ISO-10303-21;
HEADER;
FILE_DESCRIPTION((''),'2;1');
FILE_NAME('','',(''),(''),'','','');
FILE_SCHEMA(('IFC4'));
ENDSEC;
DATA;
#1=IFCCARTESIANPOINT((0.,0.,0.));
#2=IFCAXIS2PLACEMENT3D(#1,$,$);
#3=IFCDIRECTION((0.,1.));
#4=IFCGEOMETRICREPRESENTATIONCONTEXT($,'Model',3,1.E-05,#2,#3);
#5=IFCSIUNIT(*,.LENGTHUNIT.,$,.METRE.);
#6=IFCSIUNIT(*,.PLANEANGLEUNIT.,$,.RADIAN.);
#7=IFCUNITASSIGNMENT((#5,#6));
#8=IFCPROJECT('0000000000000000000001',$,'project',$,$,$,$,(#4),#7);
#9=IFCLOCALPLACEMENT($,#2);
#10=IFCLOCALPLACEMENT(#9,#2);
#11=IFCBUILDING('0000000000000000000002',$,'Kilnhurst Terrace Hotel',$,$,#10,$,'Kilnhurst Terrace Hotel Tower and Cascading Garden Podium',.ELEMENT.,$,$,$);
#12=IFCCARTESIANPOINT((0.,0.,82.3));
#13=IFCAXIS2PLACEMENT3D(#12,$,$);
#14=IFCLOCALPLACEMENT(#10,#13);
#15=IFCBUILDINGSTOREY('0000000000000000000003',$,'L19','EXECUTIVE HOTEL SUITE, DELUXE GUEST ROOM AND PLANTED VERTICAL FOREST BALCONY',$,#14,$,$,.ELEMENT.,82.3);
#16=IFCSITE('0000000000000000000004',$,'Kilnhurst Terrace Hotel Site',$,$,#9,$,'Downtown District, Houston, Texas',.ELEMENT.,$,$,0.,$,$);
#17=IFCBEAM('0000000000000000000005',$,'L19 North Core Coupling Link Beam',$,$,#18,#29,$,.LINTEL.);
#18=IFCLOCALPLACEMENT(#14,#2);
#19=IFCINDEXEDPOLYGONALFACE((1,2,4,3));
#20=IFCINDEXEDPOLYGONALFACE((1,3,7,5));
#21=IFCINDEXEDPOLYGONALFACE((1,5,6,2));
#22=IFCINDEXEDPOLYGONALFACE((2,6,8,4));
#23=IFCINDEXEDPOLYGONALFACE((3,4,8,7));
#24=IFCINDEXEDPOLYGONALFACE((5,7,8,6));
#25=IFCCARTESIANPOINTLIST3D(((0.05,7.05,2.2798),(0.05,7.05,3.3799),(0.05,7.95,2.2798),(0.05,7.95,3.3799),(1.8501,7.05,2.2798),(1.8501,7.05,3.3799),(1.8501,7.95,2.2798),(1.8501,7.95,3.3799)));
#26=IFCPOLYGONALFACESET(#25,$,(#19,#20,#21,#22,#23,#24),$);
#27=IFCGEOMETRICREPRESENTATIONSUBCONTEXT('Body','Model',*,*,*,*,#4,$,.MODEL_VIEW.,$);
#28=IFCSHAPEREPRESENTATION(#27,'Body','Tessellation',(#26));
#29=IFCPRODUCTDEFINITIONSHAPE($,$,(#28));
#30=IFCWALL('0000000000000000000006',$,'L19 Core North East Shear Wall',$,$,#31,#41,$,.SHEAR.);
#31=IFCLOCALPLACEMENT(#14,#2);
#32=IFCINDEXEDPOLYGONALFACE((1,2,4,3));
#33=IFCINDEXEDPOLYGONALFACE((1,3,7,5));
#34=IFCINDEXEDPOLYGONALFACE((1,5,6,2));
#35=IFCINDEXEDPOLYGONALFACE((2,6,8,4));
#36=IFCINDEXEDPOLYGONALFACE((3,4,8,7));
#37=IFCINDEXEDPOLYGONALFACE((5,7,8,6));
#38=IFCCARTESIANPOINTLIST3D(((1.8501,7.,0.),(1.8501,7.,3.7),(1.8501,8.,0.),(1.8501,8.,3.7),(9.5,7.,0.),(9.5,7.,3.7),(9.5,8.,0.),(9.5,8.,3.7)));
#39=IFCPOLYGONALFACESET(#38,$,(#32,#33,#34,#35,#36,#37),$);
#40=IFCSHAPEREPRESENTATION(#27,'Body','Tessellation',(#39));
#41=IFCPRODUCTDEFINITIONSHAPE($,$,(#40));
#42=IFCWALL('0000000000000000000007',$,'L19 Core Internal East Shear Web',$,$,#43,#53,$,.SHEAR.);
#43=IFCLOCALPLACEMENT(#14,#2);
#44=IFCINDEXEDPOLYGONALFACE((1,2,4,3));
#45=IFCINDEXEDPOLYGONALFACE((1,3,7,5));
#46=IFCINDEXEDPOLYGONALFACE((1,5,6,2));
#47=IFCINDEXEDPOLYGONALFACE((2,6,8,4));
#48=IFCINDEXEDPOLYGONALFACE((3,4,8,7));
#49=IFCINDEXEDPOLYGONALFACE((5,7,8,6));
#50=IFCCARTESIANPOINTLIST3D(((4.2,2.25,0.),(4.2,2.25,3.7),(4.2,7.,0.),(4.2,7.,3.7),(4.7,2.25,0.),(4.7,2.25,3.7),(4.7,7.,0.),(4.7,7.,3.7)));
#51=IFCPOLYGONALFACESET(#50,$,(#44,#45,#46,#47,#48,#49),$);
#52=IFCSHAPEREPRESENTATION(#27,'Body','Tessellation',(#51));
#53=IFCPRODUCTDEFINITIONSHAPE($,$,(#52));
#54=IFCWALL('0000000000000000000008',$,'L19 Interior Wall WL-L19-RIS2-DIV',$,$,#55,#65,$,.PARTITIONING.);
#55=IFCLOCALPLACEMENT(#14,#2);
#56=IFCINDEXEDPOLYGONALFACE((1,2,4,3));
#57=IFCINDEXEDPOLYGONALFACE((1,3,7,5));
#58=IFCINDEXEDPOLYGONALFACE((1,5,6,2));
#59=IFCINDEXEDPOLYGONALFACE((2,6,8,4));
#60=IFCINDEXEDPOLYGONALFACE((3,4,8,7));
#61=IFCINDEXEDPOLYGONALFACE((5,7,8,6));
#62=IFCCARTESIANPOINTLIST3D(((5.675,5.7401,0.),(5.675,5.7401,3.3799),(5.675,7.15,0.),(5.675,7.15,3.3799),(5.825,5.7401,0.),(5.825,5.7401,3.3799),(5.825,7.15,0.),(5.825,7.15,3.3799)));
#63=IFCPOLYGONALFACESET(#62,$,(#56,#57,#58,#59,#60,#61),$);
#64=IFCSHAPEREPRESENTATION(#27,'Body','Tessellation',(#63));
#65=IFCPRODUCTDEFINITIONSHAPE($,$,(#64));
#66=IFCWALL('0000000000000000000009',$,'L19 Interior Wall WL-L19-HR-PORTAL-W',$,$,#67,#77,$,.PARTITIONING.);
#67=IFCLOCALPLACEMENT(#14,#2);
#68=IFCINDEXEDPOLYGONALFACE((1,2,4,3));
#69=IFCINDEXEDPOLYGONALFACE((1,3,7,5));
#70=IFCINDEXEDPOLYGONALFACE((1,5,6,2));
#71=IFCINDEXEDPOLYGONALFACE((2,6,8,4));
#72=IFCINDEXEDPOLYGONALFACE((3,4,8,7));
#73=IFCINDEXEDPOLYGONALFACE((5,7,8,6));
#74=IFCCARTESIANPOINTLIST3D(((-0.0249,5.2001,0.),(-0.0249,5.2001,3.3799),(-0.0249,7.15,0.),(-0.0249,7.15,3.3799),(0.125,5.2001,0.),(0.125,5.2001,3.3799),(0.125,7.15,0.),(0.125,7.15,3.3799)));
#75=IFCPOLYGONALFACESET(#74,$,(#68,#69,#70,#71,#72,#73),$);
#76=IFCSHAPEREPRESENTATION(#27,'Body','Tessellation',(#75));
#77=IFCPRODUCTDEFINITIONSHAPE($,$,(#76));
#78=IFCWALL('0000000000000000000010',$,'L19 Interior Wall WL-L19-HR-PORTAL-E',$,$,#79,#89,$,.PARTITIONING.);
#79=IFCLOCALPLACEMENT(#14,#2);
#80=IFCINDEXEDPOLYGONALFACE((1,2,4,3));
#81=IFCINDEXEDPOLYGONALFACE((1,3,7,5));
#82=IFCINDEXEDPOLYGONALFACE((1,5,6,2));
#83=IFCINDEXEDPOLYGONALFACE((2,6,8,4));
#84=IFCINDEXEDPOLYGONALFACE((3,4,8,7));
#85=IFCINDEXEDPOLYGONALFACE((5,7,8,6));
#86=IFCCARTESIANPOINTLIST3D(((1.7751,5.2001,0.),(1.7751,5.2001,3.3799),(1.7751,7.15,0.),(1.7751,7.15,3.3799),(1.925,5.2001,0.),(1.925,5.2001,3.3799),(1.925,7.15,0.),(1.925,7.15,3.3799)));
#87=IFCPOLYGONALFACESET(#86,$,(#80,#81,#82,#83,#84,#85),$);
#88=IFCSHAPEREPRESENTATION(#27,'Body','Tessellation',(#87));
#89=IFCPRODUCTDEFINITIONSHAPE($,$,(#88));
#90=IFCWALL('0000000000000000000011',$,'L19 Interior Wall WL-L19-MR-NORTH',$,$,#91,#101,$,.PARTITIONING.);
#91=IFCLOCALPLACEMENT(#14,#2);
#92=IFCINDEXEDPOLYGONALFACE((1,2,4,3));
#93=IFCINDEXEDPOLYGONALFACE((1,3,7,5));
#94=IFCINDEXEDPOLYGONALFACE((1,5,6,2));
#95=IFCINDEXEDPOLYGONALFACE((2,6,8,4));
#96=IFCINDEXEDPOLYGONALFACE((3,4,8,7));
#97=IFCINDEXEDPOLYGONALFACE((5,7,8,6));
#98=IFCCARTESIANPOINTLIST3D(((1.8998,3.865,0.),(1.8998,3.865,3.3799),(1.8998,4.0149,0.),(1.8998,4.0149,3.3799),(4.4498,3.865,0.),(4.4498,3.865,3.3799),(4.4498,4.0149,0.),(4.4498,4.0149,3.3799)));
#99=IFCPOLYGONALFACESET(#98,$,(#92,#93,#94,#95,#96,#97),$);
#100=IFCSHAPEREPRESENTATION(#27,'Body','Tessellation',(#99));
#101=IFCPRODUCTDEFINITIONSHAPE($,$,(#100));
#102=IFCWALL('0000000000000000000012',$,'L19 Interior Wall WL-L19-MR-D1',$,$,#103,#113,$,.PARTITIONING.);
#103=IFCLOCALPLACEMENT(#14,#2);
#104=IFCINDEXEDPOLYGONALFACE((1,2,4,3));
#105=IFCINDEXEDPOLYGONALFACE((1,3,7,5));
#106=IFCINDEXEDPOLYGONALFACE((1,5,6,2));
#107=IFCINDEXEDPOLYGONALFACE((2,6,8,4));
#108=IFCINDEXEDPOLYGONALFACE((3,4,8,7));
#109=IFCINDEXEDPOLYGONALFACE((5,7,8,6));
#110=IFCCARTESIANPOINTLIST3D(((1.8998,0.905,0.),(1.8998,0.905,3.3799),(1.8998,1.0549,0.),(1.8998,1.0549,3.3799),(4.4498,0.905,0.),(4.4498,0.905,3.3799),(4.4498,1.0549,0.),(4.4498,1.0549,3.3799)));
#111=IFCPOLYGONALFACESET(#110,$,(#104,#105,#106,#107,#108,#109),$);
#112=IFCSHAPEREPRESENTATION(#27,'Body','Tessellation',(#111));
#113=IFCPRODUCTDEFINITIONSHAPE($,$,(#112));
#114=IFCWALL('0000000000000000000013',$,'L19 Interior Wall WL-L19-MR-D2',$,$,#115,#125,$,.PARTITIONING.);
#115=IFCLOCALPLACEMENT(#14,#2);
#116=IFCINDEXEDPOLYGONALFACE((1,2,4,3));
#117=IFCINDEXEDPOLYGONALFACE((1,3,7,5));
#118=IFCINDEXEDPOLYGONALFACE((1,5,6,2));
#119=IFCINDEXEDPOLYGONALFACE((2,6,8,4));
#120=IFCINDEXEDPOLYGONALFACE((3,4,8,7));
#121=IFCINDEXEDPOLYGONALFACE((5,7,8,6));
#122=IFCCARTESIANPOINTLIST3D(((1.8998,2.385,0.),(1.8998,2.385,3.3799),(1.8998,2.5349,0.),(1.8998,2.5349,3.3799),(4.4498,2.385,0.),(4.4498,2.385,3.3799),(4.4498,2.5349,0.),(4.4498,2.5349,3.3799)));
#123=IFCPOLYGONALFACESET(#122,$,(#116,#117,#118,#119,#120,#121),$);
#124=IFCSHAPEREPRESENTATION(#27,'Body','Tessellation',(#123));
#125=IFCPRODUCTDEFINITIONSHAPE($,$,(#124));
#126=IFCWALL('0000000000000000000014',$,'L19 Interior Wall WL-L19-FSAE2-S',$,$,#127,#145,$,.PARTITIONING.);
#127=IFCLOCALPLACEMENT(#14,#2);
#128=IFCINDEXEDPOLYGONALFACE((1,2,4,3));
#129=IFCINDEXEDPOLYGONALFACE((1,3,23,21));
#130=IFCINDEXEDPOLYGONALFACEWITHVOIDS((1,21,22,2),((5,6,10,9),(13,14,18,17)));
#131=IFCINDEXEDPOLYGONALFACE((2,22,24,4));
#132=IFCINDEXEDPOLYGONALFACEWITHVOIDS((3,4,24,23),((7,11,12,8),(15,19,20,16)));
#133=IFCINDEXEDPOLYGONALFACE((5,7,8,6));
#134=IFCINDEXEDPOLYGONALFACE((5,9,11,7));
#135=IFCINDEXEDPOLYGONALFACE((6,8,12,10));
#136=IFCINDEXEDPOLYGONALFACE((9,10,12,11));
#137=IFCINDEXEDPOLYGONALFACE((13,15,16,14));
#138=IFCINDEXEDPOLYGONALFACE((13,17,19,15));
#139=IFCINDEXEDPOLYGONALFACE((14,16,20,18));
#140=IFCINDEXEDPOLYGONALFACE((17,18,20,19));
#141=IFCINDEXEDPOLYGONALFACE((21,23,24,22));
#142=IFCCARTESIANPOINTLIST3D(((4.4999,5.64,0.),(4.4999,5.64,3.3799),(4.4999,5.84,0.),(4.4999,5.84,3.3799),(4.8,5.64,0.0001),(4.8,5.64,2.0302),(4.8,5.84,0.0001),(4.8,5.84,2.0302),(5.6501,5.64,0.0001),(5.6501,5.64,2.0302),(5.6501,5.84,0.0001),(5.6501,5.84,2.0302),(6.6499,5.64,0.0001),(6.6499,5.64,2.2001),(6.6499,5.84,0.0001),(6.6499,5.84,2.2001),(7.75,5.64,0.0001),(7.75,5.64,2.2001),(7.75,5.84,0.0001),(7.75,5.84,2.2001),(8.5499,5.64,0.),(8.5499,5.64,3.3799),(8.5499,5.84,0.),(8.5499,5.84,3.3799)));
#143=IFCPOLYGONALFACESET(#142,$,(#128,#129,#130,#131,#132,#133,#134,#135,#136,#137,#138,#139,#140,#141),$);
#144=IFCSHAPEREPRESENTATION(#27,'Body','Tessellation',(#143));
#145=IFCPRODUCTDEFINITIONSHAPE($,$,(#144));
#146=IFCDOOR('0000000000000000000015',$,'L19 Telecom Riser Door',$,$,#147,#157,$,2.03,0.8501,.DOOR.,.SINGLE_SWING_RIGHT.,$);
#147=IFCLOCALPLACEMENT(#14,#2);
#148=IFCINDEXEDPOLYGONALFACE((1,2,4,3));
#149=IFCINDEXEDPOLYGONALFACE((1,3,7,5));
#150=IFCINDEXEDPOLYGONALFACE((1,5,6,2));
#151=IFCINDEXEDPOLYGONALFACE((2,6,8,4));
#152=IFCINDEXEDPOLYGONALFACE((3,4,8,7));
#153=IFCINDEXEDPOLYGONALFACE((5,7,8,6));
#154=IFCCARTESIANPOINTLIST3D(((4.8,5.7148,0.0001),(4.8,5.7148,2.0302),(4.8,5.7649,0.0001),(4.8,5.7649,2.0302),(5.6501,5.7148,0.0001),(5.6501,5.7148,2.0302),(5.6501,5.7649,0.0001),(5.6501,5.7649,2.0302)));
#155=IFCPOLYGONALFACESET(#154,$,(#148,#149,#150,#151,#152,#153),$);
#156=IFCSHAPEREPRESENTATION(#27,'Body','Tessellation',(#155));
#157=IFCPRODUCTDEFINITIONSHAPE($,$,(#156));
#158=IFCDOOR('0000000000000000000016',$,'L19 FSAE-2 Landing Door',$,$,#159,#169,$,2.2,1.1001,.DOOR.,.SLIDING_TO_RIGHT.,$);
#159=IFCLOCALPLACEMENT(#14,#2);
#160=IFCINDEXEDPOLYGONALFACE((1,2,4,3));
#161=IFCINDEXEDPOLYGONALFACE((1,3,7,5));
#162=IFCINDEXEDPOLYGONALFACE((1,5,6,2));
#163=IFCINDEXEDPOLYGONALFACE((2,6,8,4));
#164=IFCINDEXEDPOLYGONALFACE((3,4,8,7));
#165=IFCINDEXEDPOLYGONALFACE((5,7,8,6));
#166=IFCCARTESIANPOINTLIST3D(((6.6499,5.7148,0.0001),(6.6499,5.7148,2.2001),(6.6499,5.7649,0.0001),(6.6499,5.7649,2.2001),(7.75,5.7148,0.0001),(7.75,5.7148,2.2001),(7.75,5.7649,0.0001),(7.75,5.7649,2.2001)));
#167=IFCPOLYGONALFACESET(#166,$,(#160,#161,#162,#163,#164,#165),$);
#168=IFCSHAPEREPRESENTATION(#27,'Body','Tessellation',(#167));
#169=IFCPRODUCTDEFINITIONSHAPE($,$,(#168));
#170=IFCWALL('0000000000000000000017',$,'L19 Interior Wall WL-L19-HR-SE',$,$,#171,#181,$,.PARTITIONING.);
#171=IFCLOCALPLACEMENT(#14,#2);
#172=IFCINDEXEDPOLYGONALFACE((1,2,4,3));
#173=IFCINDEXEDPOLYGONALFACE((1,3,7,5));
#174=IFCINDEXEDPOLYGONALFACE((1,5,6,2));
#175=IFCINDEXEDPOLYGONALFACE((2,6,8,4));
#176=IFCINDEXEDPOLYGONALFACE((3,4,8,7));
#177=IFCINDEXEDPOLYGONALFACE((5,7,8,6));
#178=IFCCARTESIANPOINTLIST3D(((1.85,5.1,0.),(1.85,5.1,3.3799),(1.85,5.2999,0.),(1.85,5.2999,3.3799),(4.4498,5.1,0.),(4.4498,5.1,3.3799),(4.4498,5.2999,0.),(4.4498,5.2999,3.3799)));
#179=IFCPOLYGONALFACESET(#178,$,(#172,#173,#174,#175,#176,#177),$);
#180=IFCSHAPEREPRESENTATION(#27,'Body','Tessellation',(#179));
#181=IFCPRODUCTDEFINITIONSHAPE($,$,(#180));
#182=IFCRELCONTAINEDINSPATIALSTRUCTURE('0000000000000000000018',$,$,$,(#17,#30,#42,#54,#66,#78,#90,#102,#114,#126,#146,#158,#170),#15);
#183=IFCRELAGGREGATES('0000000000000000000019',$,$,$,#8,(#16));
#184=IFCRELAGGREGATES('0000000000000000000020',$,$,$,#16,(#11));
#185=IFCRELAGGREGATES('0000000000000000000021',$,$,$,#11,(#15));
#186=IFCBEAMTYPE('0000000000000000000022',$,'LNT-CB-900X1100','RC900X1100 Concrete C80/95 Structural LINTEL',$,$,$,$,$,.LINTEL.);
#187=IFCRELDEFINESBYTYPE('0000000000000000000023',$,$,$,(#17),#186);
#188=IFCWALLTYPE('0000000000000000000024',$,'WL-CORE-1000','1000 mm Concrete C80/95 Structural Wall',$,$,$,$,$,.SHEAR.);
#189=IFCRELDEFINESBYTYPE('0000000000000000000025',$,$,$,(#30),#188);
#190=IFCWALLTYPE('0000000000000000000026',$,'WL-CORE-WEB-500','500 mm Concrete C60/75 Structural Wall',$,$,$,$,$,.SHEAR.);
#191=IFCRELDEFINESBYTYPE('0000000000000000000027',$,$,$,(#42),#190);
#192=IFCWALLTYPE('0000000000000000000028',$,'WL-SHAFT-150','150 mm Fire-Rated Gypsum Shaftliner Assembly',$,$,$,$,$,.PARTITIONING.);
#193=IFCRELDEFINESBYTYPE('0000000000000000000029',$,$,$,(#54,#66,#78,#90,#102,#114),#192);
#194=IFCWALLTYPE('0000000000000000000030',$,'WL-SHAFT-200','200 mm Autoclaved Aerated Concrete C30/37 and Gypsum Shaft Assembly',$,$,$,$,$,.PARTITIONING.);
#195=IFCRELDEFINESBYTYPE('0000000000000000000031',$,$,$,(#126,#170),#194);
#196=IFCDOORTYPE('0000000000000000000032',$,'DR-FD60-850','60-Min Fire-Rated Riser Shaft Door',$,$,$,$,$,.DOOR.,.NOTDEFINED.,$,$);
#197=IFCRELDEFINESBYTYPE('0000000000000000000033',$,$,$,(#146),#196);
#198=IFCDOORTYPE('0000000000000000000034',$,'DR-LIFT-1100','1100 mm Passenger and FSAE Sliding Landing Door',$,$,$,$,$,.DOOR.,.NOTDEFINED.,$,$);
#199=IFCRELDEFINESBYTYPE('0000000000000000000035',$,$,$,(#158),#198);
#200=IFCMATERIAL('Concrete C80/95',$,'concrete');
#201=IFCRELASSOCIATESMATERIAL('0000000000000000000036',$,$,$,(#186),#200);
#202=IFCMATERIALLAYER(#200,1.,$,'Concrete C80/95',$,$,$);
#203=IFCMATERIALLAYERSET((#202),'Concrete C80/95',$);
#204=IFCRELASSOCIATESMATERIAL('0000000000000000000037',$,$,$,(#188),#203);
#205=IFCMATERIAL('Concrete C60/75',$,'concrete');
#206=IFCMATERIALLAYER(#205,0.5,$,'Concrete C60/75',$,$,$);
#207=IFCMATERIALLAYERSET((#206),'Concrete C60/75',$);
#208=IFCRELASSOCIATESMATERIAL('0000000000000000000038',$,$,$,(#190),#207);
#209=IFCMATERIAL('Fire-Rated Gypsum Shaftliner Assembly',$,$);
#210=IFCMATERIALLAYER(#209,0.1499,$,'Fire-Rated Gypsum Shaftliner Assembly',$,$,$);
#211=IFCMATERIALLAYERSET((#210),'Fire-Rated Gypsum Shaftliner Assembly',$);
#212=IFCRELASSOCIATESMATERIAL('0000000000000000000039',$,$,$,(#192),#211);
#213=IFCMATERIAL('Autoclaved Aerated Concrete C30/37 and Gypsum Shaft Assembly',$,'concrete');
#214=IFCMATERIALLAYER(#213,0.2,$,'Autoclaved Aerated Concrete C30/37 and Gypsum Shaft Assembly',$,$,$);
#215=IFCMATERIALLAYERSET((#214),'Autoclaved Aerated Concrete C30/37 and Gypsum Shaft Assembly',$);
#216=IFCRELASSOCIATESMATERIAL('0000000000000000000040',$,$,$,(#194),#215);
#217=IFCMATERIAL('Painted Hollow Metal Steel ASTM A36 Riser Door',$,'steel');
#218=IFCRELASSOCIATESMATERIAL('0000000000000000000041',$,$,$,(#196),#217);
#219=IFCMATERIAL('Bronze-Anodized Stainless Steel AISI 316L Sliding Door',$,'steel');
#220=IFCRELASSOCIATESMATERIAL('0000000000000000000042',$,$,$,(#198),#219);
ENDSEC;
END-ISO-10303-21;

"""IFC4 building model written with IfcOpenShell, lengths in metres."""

from ifc_helpers import new_model, si_unit, direction, frame, frame_2d, origin, origin_2d, place, context, subcontext, project, spatial, rectangle, extrude, material, layer, layer_set, material_profile, profile_set, type_object, element, fill, save


model = new_model("IFC4")

# Units and contexts
model_context = context("Model", 3, precision=1e-05, world=origin(), true_north=direction((0.0, 1.0)))
body_context = subcontext(model_context, "Body", "Model", "MODEL_VIEW")
ifc_project = project(units=[si_unit("LENGTHUNIT", "METRE"), si_unit("PLANEANGLEUNIT", "RADIAN")], contexts=[model_context])

# Site, building, storey
site_placement = place(None, origin())
site = spatial("IfcSite", under=ifc_project, at=site_placement, Name="Kilnhurst Terrace Hotel Site", LongName="Downtown District, Houston, Texas", CompositionType="ELEMENT", RefElevation=0.0)
building_placement = place(site_placement, origin())
building = spatial("IfcBuilding", under=site, at=building_placement, Name="Kilnhurst Terrace Hotel", LongName="Kilnhurst Terrace Hotel Tower and Cascading Garden Podium", CompositionType="ELEMENT")
storey_placement = place(building_placement, frame((0.0, 0.0, 82.3)))
storey = spatial("IfcBuildingStorey", under=building, at=storey_placement, Name="L19", Description="EXECUTIVE HOTEL SUITE, DELUXE GUEST ROOM AND PLANTED VERTICAL FOREST BALCONY", CompositionType="ELEMENT", Elevation=82.3)

# Beam
ifc_material_1 = material(Name="Concrete C80/95", Category="concrete")
ifc_material_profile = material_profile(ifc_material_1, rectangle(XDim=0.8999, YDim=1.1001, at=origin_2d()), Name="RC900X1100")
ifc_profile_set = profile_set([ifc_material_profile], Name="Concrete C80/95")
beam_type = type_object("IfcBeamType", Name="LNT-CB-900X1100", Description="RC900X1100 Concrete C80/95 Structural LINTEL", PredefinedType="LINTEL", material=ifc_profile_set)
beam_placement = place(storey_placement, frame((0.05, 7.5, 2.8298), z_axis=(1.0, 0.0, 0.0), x_axis=(0.0, 1.0, 0.0)))
element("IfcBeam", 1, at=beam_placement, inside=storey, type_object=beam_type, Name="L19 North Core Coupling Link Beam", PredefinedType="LINTEL", context=body_context, shape_type="SweptSolid", body=[
    extrude(rectangle(XDim=0.8999, YDim=1.1001, at=origin_2d()), origin(), (0.0, 0.0, 1.0), 1.8),
])

# Walls
ifc_layer_1 = layer(ifc_material_1, 1.0, Name="Concrete C80/95")
ifc_layer_set_1 = layer_set([ifc_layer_1], Name="Concrete C80/95")
wall_type_1 = type_object("IfcWallType", Name="WL-CORE-1000", Description="1000 mm Concrete C80/95 Structural Wall", PredefinedType="SHEAR", material=ifc_layer_set_1)
wall_1_placement = place(storey_placement, frame((1.8501, 7.5, 0.0), z_axis=(0.0, 0.0, 1.0), x_axis=(1.0, 0.0, 0.0)))
element("IfcWall", 2, at=wall_1_placement, inside=storey, type_object=wall_type_1, Name="L19 Core North East Shear Wall", PredefinedType="SHEAR", context=body_context, shape_type="SweptSolid", body=[
    extrude(rectangle(XDim=7.6499, YDim=1.0, at=frame_2d((3.825, 0.0))), origin(), (0.0, 0.0, 1.0), 3.7),
])
ifc_material_2 = material(Name="Concrete C60/75", Category="concrete")
ifc_layer_2 = layer(ifc_material_2, 0.5, Name="Concrete C60/75")
ifc_layer_set_2 = layer_set([ifc_layer_2], Name="Concrete C60/75")
wall_type_2 = type_object("IfcWallType", Name="WL-CORE-WEB-500", Description="500 mm Concrete C60/75 Structural Wall", PredefinedType="SHEAR", material=ifc_layer_set_2)
wall_2_placement = place(storey_placement, frame((4.45, 2.25, 0.0), z_axis=(0.0, 0.0, 1.0), x_axis=(0.0, 1.0, 0.0)))
element("IfcWall", 3, at=wall_2_placement, inside=storey, type_object=wall_type_2, Name="L19 Core Internal East Shear Web", PredefinedType="SHEAR", context=body_context, shape_type="SweptSolid", body=[
    extrude(rectangle(XDim=4.75, YDim=0.5, at=frame_2d((2.375, 0.0))), origin(), (0.0, 0.0, 1.0), 3.7),
])
ifc_material_3 = material(Name="Fire-Rated Gypsum Shaftliner Assembly")
ifc_layer_3 = layer(ifc_material_3, 0.1499, Name="Fire-Rated Gypsum Shaftliner Assembly")
ifc_layer_set_3 = layer_set([ifc_layer_3], Name="Fire-Rated Gypsum Shaftliner Assembly")
wall_type_3 = type_object("IfcWallType", Name="WL-SHAFT-150", Description="150 mm Fire-Rated Gypsum Shaftliner Assembly", PredefinedType="PARTITIONING", material=ifc_layer_set_3)
wall_3_placement = place(storey_placement, frame((5.75, 5.74, 0.0), z_axis=(0.0, 0.0, 1.0), x_axis=(0.0, 1.0, 0.0)))
element("IfcWall", 4, at=wall_3_placement, inside=storey, type_object=wall_type_3, Name="L19 Interior Wall WL-L19-RIS2-DIV", PredefinedType="PARTITIONING", context=body_context, shape_type="SweptSolid", body=[
    extrude(rectangle(XDim=1.4099, YDim=0.1499, at=frame_2d((0.7051, 0.0))), origin(), (0.0, 0.0, 1.0), 3.3799),
])
for number, where, z_axis, x_axis, name in (
    (5, (0.05, 5.2, 0.0), (0.0, 0.0, 1.0), (0.0, 1.0, 0.0), "L19 Interior Wall WL-L19-HR-PORTAL-W"),
    (6, (1.8501, 5.2, 0.0), (0.0, 0.0, 1.0), (0.0, 1.0, 0.0), "L19 Interior Wall WL-L19-HR-PORTAL-E"),
):
    element("IfcWall", number, at=place(storey_placement, frame(where, z_axis=z_axis, x_axis=x_axis)), inside=storey, type_object=wall_type_3, Name=name, PredefinedType="PARTITIONING", context=body_context, shape_type="SweptSolid", body=[
        extrude(rectangle(XDim=1.95, YDim=0.1499, at=frame_2d((0.9751, 0.0))), origin(), (0.0, 0.0, 1.0), 3.3799),
    ])
for number, where, z_axis, x_axis, name in (
    (7, (1.8999, 3.9399, 0.0), (0.0, 0.0, 1.0), (1.0, 0.0, 0.0), "L19 Interior Wall WL-L19-MR-NORTH"),
    (8, (1.8999, 0.98, 0.0), (0.0, 0.0, 1.0), (1.0, 0.0, 0.0), "L19 Interior Wall WL-L19-MR-D1"),
    (9, (1.8999, 2.46, 0.0), (0.0, 0.0, 1.0), (1.0, 0.0, 0.0), "L19 Interior Wall WL-L19-MR-D2"),
):
    element("IfcWall", number, at=place(storey_placement, frame(where, z_axis=z_axis, x_axis=x_axis)), inside=storey, type_object=wall_type_3, Name=name, PredefinedType="PARTITIONING", context=body_context, shape_type="SweptSolid", body=[
        extrude(rectangle(XDim=2.55, YDim=0.1499, at=frame_2d((1.2749, 0.0))), origin(), (0.0, 0.0, 1.0), 3.3799),
    ])

# Wall, openings, doors
ifc_material_4 = material(Name="Autoclaved Aerated Concrete C30/37 and Gypsum Shaft Assembly", Category="concrete")
ifc_layer_4 = layer(ifc_material_4, 0.2, Name="Autoclaved Aerated Concrete C30/37 and Gypsum Shaft Assembly")
ifc_layer_set_4 = layer_set([ifc_layer_4], Name="Autoclaved Aerated Concrete C30/37 and Gypsum Shaft Assembly")
wall_type_4 = type_object("IfcWallType", Name="WL-SHAFT-200", Description="200 mm Autoclaved Aerated Concrete C30/37 and Gypsum Shaft Assembly", PredefinedType="PARTITIONING", material=ifc_layer_set_4)
wall_4_placement = place(storey_placement, frame((4.5, 5.74, 0.0), z_axis=(0.0, 0.0, 1.0), x_axis=(1.0, 0.0, 0.0)))
wall_4 = element("IfcWall", 10, at=wall_4_placement, inside=storey, type_object=wall_type_4, Name="L19 Interior Wall WL-L19-FSAE2-S", PredefinedType="PARTITIONING", context=body_context, shape_type="SweptSolid", body=[
    extrude(rectangle(XDim=4.05, YDim=0.2, at=frame_2d((2.0249, 0.0))), origin(), (0.0, 0.0, 1.0), 3.3799),
])
opening_1_placement = place(wall_4_placement, frame((0.3, 0.0, 0.0)))
opening_1 = element("IfcOpeningElement", 11, at=opening_1_placement, cuts=wall_4, PredefinedType="OPENING", context=body_context, shape_type="SweptSolid", body=[
    extrude(rectangle(XDim=0.8501, YDim=2.03, at=frame_2d((0.425, 1.0151))), frame((0.0, 0.1099, 0.0), z_axis=(0.0, -1.0, 0.0), x_axis=(1.0, 0.0, 0.0)), (0.0, 0.0, 1.0), 0.22),
])
opening_2_placement = place(wall_4_placement, frame((2.1499, 0.0, 0.0)))
opening_2 = element("IfcOpeningElement", 12, at=opening_2_placement, cuts=wall_4, PredefinedType="OPENING", context=body_context, shape_type="SweptSolid", body=[
    extrude(rectangle(XDim=1.1001, YDim=2.2, at=frame_2d((0.55, 1.1001))), frame((0.0, 0.1099, 0.0), z_axis=(0.0, -1.0, 0.0), x_axis=(1.0, 0.0, 0.0)), (0.0, 0.0, 1.0), 0.22),
])
ifc_material_5 = material(Name="Painted Hollow Metal Steel ASTM A36 Riser Door", Category="steel")
door_type_1 = type_object("IfcDoorType", Name="DR-FD60-850", Description="60-Min Fire-Rated Riser Shaft Door", OperationType="NOTDEFINED", PredefinedType="DOOR", material=ifc_material_5)
door_1_placement = place(opening_1_placement, origin())
door_1 = element("IfcDoor", 13, at=door_1_placement, inside=storey, type_object=door_type_1, Name="L19 Telecom Riser Door", OperationType="SINGLE_SWING_RIGHT", OverallHeight=2.03, OverallWidth=0.8501, PredefinedType="DOOR", context=body_context, shape_type="SweptSolid", body=[
    extrude(rectangle(XDim=0.8501, YDim=2.03, at=frame_2d((0.425, 1.0151))), frame((0.0, 0.0249, 0.0), z_axis=(0.0, -1.0, 0.0), x_axis=(1.0, 0.0, 0.0)), (0.0, 0.0, 1.0), 0.05),
])
fill(opening_1, door_1)
ifc_material_6 = material(Name="Bronze-Anodized Stainless Steel AISI 316L Sliding Door", Category="steel")
door_type_2 = type_object("IfcDoorType", Name="DR-LIFT-1100", Description="1100 mm Passenger and FSAE Sliding Landing Door", OperationType="NOTDEFINED", PredefinedType="DOOR", material=ifc_material_6)
door_2_placement = place(opening_2_placement, origin())
door_2 = element("IfcDoor", 14, at=door_2_placement, inside=storey, type_object=door_type_2, Name="L19 FSAE-2 Landing Door", OperationType="SLIDING_TO_RIGHT", OverallHeight=2.2, OverallWidth=1.1001, PredefinedType="DOOR", context=body_context, shape_type="SweptSolid", body=[
    extrude(rectangle(XDim=1.1001, YDim=2.2, at=frame_2d((0.55, 1.1001))), frame((0.0, 0.0249, 0.0), z_axis=(0.0, -1.0, 0.0), x_axis=(1.0, 0.0, 0.0)), (0.0, 0.0, 1.0), 0.05),
])
fill(opening_2, door_2)

# Wall
wall_5_placement = place(storey_placement, frame((1.8501, 5.2, 0.0), z_axis=(0.0, 0.0, 1.0), x_axis=(1.0, 0.0, 0.0)))
element("IfcWall", 15, at=wall_5_placement, inside=storey, type_object=wall_type_4, Name="L19 Interior Wall WL-L19-HR-SE", PredefinedType="PARTITIONING", context=body_context, shape_type="SweptSolid", body=[
    extrude(rectangle(XDim=2.5999, YDim=0.2, at=frame_2d((1.2998, 0.0))), origin(), (0.0, 0.0, 1.0), 3.3799),
])

save(model, "model.ifc")
